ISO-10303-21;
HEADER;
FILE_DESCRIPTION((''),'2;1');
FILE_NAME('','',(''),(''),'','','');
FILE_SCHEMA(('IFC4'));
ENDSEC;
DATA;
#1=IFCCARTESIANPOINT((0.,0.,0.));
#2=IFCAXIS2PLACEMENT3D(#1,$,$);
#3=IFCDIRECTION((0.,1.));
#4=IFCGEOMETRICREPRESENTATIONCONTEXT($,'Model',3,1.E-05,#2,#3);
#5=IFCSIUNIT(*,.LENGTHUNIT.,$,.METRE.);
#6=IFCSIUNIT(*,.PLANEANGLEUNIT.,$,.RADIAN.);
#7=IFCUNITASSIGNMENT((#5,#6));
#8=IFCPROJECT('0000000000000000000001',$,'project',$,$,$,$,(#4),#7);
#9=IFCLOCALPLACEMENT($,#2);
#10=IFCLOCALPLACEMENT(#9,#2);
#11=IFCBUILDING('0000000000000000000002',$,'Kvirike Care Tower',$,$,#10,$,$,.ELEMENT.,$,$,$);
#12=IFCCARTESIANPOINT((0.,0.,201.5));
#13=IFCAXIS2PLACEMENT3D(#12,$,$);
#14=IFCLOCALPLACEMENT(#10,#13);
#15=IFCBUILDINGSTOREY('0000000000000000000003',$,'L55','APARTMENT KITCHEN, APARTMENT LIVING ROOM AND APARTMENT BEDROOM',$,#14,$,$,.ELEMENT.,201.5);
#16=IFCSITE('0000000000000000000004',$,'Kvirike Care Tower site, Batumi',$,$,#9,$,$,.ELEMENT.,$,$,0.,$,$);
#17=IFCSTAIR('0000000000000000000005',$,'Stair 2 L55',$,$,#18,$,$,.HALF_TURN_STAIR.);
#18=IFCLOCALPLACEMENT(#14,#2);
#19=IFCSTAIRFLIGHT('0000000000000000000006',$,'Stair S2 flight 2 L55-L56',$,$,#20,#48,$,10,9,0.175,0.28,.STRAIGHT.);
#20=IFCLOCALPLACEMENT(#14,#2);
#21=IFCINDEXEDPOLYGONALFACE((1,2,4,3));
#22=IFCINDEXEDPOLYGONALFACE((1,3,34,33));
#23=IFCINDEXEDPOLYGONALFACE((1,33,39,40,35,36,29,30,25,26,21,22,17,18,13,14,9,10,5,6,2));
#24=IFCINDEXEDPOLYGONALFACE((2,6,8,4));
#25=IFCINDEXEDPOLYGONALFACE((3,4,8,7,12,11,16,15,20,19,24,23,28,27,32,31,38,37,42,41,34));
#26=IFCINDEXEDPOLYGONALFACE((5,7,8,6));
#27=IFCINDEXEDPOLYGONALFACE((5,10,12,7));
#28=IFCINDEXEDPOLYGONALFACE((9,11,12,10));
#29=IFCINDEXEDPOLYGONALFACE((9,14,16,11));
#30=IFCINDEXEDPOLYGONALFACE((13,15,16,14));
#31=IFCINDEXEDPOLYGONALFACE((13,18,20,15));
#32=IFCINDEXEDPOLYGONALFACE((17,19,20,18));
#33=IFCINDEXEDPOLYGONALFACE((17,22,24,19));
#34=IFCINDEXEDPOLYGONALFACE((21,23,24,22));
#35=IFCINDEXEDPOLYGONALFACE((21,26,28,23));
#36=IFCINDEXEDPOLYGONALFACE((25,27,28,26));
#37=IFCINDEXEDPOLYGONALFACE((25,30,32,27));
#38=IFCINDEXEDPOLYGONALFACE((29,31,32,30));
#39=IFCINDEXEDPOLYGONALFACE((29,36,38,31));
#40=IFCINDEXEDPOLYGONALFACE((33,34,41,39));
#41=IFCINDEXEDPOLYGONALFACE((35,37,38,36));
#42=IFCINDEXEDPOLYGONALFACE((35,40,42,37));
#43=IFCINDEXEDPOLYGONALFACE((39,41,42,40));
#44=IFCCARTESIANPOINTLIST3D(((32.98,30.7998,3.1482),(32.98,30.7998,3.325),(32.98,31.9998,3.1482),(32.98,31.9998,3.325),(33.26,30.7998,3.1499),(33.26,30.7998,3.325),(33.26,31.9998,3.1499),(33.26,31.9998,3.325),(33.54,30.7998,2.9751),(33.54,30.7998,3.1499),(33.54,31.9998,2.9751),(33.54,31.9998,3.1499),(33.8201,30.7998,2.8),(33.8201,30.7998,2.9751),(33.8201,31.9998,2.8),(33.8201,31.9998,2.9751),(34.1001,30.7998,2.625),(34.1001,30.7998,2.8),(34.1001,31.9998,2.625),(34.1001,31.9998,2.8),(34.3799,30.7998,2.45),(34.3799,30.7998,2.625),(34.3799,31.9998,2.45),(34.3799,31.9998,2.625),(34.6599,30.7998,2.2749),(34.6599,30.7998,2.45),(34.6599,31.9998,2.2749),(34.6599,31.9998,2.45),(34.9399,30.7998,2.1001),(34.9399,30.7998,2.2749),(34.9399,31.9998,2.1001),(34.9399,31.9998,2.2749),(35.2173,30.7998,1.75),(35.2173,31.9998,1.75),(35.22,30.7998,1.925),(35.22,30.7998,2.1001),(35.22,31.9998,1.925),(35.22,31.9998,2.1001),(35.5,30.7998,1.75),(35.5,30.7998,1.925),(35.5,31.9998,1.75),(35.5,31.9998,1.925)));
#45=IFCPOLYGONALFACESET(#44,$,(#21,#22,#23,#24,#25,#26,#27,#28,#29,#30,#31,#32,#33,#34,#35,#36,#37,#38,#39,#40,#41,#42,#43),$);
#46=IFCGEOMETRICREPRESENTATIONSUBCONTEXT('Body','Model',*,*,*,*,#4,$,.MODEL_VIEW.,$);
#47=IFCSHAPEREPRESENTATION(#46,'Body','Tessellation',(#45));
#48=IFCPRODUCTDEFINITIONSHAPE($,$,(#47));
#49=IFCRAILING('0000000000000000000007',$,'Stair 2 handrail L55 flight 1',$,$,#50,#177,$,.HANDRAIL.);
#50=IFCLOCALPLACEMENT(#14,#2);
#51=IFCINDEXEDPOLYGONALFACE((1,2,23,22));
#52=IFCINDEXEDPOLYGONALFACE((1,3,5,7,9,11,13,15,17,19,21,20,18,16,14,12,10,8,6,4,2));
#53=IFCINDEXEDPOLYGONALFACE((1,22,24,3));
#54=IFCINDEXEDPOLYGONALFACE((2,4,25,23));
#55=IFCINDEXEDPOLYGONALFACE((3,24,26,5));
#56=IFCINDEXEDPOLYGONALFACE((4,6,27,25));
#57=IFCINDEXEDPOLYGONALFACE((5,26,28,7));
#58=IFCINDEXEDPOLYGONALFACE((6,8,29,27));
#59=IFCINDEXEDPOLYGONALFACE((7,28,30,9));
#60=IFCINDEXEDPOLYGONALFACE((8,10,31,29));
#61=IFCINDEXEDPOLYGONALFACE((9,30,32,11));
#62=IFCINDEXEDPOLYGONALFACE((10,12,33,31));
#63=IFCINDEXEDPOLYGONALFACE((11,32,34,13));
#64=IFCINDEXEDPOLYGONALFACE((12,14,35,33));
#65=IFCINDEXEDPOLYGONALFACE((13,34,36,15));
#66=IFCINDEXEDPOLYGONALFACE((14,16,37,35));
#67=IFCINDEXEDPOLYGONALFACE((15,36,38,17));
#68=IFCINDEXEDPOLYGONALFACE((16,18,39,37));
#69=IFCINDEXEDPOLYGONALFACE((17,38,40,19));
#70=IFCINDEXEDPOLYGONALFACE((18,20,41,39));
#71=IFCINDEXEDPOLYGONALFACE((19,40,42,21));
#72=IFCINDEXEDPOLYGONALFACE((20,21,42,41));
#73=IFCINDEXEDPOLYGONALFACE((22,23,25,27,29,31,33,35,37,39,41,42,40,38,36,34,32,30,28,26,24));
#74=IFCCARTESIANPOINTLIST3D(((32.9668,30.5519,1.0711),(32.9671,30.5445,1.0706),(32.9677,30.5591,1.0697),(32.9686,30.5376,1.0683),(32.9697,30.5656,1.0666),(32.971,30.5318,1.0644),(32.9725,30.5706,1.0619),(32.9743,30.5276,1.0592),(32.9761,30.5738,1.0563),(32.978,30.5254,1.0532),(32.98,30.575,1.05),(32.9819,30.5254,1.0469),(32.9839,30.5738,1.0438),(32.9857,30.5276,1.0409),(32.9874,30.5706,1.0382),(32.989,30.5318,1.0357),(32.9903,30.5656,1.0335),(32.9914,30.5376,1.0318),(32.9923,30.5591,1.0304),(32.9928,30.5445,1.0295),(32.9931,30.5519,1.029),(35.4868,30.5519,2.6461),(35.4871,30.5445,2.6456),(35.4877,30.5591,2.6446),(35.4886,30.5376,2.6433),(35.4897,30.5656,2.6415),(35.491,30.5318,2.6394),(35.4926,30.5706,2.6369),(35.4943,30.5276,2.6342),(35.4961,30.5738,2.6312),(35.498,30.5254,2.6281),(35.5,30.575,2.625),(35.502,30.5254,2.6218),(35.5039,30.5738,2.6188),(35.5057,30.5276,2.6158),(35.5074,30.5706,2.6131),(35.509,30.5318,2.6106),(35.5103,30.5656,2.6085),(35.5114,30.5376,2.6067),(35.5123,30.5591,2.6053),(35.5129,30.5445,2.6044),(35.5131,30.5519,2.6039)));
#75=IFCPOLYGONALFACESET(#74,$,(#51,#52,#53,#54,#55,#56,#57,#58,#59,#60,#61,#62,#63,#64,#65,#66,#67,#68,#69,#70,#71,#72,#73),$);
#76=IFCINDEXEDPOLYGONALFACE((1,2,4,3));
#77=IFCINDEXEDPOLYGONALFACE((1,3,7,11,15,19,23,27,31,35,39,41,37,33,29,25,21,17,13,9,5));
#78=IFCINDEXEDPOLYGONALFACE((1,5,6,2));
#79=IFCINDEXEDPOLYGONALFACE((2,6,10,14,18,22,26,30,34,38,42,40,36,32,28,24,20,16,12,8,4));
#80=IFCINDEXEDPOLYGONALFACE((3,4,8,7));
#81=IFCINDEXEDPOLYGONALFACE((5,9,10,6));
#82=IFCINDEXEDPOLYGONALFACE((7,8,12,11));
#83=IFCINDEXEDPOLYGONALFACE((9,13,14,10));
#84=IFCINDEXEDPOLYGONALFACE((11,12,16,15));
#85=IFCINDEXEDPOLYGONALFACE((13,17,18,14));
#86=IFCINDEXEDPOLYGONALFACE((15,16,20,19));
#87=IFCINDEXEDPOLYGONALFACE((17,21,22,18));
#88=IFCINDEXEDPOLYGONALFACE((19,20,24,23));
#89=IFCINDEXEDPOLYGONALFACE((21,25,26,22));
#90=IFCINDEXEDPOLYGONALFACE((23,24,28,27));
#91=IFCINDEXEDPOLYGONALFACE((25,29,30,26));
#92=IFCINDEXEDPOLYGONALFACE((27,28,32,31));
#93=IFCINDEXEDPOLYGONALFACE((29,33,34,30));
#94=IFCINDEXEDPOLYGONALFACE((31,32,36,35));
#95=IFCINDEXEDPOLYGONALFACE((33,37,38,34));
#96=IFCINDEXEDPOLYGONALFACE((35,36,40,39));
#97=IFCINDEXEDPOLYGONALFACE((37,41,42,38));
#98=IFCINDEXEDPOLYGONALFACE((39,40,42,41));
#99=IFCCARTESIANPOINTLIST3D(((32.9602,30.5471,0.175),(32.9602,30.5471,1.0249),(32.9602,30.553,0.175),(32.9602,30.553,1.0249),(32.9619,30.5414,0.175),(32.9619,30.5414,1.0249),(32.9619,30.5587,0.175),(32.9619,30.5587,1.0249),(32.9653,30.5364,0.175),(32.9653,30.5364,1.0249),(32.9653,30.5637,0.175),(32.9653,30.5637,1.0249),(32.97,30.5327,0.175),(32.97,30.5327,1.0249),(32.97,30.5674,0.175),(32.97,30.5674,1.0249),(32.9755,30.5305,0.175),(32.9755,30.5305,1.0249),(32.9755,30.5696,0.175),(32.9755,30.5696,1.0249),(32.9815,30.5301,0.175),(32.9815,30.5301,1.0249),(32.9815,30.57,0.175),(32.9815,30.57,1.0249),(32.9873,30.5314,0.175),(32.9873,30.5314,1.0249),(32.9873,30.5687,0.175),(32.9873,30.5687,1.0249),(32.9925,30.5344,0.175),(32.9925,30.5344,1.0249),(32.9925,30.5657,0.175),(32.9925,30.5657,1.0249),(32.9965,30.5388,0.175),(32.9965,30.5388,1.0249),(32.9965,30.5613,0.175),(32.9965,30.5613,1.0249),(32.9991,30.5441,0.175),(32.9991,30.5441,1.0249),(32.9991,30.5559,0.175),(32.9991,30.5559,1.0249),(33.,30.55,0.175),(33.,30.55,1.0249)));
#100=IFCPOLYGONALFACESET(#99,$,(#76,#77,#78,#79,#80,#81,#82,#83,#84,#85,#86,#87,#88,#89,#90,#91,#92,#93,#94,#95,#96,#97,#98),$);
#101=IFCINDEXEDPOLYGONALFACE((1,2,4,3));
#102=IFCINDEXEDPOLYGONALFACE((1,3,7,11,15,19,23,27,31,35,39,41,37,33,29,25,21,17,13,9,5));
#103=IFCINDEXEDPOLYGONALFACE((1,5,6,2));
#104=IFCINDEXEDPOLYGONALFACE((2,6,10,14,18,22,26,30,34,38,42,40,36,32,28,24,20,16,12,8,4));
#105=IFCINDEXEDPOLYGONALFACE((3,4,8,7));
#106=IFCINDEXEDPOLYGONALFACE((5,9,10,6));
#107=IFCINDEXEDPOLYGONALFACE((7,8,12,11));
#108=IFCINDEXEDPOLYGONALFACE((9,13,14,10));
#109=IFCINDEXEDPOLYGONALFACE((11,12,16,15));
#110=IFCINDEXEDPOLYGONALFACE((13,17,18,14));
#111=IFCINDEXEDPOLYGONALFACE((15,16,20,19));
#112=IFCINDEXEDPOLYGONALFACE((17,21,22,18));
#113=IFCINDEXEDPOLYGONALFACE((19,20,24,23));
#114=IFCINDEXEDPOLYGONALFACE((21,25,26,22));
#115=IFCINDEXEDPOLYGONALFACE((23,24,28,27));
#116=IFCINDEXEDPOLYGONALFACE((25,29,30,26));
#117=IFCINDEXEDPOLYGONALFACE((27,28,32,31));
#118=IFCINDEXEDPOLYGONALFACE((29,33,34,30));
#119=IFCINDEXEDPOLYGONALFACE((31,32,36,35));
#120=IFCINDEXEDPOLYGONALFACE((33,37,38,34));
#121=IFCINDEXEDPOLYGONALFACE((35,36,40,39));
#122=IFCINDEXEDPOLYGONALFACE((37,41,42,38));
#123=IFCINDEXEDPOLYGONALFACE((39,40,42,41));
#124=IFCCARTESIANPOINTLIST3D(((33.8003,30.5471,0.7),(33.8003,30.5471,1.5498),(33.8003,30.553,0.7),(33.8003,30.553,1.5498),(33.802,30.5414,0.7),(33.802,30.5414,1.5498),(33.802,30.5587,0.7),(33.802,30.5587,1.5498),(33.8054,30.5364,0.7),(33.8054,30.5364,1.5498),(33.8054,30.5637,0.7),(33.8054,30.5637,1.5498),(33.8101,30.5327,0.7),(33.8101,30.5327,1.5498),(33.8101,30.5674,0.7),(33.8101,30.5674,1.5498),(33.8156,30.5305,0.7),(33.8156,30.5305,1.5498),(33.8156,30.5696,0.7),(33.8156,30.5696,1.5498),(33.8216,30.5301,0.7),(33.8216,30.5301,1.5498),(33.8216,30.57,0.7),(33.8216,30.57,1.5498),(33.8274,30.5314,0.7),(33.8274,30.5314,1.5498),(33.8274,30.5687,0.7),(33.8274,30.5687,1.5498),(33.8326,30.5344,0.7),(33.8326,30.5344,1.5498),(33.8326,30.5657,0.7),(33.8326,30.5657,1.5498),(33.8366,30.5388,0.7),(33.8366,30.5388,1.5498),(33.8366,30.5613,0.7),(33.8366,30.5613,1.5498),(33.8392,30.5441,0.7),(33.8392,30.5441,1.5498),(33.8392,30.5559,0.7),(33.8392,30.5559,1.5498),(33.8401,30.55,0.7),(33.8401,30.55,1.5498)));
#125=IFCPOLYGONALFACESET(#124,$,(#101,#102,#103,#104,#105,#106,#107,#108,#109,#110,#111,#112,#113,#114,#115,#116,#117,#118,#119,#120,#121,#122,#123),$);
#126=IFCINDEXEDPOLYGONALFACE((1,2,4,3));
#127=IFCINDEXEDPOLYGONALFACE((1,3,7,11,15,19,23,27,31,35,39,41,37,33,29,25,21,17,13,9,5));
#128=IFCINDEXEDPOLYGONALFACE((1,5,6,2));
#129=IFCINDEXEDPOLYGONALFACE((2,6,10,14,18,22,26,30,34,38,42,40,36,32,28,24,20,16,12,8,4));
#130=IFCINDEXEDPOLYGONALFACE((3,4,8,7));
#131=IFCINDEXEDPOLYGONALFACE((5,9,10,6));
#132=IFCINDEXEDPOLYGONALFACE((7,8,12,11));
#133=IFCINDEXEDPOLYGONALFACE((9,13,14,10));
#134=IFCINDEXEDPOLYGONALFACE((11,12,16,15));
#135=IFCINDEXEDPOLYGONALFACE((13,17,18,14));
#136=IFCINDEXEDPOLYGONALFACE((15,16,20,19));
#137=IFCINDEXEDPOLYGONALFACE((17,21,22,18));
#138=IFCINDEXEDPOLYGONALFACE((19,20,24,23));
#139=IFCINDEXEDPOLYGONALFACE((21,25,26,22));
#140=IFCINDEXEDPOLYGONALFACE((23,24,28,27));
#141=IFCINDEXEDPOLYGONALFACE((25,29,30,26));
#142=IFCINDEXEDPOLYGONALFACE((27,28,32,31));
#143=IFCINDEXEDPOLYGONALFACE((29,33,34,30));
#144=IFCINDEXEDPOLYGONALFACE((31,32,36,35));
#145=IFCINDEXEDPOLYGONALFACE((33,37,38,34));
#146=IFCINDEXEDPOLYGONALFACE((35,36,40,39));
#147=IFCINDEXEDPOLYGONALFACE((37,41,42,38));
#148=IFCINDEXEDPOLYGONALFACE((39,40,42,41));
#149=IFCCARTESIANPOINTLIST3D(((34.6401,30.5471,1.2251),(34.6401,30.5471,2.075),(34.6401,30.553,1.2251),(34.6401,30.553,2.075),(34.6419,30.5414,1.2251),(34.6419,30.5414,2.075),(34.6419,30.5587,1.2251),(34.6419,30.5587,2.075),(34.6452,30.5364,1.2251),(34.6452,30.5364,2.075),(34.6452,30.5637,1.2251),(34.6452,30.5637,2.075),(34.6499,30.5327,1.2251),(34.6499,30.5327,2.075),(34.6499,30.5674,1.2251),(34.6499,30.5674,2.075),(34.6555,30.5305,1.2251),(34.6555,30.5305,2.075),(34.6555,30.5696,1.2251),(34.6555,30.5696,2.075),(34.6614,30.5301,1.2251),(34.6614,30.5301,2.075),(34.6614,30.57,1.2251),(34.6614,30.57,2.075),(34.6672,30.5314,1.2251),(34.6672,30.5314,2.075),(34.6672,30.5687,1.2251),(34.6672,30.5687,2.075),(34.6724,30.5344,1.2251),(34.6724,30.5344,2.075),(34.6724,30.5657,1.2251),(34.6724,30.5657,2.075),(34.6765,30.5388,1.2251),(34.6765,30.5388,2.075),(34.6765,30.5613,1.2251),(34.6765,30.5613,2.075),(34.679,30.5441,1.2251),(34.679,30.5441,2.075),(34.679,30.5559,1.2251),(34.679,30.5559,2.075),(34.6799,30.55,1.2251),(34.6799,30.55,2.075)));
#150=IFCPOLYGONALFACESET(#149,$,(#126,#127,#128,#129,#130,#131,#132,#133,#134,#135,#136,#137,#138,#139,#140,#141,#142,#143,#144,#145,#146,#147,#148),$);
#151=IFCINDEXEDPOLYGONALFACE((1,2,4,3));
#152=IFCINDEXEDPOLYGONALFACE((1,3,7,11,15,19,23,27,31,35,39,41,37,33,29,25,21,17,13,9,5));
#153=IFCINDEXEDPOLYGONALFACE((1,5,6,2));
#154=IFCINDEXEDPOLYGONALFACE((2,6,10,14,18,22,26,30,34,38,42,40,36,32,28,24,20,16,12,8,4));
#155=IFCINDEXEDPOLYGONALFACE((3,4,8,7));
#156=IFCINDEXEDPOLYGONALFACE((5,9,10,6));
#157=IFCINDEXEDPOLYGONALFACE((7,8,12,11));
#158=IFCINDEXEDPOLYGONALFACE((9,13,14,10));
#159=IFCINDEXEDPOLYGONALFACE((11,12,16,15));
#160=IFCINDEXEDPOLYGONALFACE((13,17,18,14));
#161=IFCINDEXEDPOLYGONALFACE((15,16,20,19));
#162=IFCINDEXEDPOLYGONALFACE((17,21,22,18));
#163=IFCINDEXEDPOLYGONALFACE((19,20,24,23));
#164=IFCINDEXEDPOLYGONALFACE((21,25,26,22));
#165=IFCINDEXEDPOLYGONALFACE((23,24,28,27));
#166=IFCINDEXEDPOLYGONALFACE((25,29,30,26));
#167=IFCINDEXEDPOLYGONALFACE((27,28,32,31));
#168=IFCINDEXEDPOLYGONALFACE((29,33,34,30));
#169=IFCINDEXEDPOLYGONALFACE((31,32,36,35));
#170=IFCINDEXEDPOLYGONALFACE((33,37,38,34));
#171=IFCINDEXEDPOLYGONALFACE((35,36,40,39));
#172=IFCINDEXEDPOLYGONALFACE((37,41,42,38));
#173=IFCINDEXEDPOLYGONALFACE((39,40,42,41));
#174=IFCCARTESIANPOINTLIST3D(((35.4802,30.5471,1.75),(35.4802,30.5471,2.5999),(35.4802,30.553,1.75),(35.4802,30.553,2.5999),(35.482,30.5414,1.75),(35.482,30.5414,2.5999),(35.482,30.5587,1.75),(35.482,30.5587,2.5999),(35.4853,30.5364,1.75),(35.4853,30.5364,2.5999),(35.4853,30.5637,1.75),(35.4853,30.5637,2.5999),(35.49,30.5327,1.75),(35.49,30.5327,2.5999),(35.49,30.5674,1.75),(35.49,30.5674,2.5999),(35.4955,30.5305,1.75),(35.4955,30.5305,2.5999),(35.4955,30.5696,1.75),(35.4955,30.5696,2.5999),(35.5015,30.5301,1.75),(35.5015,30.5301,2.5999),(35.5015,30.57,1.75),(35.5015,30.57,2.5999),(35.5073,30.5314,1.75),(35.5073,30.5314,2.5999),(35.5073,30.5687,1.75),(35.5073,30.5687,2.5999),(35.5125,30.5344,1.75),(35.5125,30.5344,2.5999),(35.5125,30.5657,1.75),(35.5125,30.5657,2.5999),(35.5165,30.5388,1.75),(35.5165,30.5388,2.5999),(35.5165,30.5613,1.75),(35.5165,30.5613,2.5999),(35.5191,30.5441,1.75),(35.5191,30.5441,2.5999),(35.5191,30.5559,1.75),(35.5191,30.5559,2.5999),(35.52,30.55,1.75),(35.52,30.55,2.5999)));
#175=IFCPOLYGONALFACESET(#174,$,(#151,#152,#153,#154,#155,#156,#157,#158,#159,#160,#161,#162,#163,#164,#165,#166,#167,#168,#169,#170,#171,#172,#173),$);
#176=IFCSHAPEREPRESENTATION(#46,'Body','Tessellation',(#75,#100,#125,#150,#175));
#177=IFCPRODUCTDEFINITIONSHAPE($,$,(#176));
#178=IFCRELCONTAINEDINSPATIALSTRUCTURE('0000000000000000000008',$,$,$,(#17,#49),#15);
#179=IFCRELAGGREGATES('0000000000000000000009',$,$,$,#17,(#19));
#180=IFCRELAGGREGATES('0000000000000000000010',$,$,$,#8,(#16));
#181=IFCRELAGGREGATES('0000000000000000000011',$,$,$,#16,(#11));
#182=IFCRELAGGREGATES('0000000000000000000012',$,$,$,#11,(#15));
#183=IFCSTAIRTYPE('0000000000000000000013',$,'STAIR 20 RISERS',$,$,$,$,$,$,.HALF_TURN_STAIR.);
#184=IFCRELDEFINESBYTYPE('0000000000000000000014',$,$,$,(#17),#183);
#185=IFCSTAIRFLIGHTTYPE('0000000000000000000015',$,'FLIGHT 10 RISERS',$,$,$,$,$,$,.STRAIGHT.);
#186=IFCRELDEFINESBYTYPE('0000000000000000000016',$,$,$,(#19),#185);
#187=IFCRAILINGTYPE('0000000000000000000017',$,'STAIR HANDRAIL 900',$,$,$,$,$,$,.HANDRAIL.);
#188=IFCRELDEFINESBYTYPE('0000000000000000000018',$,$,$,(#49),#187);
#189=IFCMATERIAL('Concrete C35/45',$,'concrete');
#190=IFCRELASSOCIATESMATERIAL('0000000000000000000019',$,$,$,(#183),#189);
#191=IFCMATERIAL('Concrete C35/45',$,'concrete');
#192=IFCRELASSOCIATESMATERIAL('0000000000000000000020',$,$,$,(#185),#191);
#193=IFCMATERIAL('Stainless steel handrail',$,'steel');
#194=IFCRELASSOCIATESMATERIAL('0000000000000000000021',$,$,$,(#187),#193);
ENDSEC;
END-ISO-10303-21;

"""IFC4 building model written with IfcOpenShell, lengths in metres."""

from ifc_helpers import new_model, si_unit, direction, frame, origin, origin_2d, place, context, subcontext, project, spatial, polyline, circle, outline, extrude, material, type_object, element, aggregate, save


model = new_model("IFC4")

# Units and contexts
model_context = context("Model", 3, precision=1e-05, world=origin(), true_north=direction((0.0, 1.0)))
body_context = subcontext(model_context, "Body", "Model", "MODEL_VIEW")
ifc_project = project(units=[si_unit("LENGTHUNIT", "METRE"), si_unit("PLANEANGLEUNIT", "RADIAN")], contexts=[model_context])

# Site, building, storey
site_placement = place(None, origin())
site = spatial("IfcSite", under=ifc_project, at=site_placement, Name="Kvirike Care Tower site, Batumi", CompositionType="ELEMENT", RefElevation=0.0)
building_placement = place(site_placement, origin())
building = spatial("IfcBuilding", under=site, at=building_placement, Name="Kvirike Care Tower", CompositionType="ELEMENT")
storey_placement = place(building_placement, frame((0.0, 0.0, 201.5)))
storey = spatial("IfcBuildingStorey", under=building, at=storey_placement, Name="L55", Description="APARTMENT KITCHEN, APARTMENT LIVING ROOM AND APARTMENT BEDROOM", CompositionType="ELEMENT", Elevation=201.5)

# Stair, stair flight
ifc_material_1 = material(Name="Concrete C35/45", Category="concrete")
stair_type = type_object("IfcStairType", Name="STAIR 20 RISERS", PredefinedType="HALF_TURN_STAIR", material=ifc_material_1)
stair_placement = place(storey_placement, origin())
stair = element("IfcStair", 1, at=stair_placement, inside=storey, type_object=stair_type, Name="Stair 2 L55", PredefinedType="HALF_TURN_STAIR")
ifc_material_2 = material(Name="Concrete C35/45", Category="concrete")
stair_flight_type = type_object("IfcStairFlightType", Name="FLIGHT 10 RISERS", PredefinedType="STRAIGHT", material=ifc_material_2)
stair_flight_1_placement = place(storey_placement, frame((35.5, 31.3999, 1.75), z_axis=(0.0, 0.0, 1.0), x_axis=(-1.0, 0.0, 0.0)))
stair_flight_1 = element("IfcStairFlight", 2, at=stair_flight_1_placement, type_object=stair_flight_type, Name="Stair S2 flight 2 L55-L56", NumberOfRisers=10, NumberOfTreads=9, PredefinedType="STRAIGHT", RiserHeight=0.175, TreadLength=0.28, context=body_context, shape_type="SweptSolid", body=[
    extrude(outline(polyline([(0.0, 0.0), (0.0, 0.175), (0.28, 0.175), (0.28, 0.3501), (0.5601, 0.3501), (0.5601, 0.5249), (0.8401, 0.5249), (0.8401, 0.7), (1.1201, 0.7), (1.1201, 0.875), (1.3999, 0.875), (1.3999, 1.05), (1.6799, 1.05), (1.6799, 1.2251), (1.96, 1.2251), (1.96, 1.3999), (2.24, 1.3999), (2.24, 1.575), (2.52, 1.575), (2.52, 1.75), (2.52, 1.3982), (0.2827, 0.0), (0.0, 0.0)])), frame((0.0, 0.6001, 0.0), z_axis=(0.0, -1.0, 0.0), x_axis=(1.0, 0.0, 0.0)), (0.0, 0.0, 1.0), 1.2),
])
aggregate(stair, [stair_flight_1])

# Railing
ifc_material_3 = material(Name="Stainless steel handrail", Category="steel")
railing_type = type_object("IfcRailingType", Name="STAIR HANDRAIL 900", PredefinedType="HANDRAIL", material=ifc_material_3)
railing_1_placement = place(storey_placement, frame((32.98, 30.55, 0.175)))
element("IfcRailing", 3, at=railing_1_placement, inside=storey, type_object=railing_type, Name="Stair 2 handrail L55 flight 1", PredefinedType="HANDRAIL", context=body_context, shape_type="SweptSolid", body=[
    extrude(circle(Radius=0.0249, at=origin_2d()), frame((0.0, 0.0, 0.875), z_axis=(0.848008, 0.0, 0.529984), x_axis=(0.0, 1.0, 0.0)), (0.0, 0.0, 1.0), 2.9717),
    extrude(circle(Radius=0.02, at=origin_2d()), origin(), (0.0, 0.0, 1.0), 0.8499),
    extrude(circle(Radius=0.02, at=origin_2d()), frame((0.8401, 0.0, 0.5249)), (0.0, 0.0, 1.0), 0.8499),
    extrude(circle(Radius=0.02, at=origin_2d()), frame((1.6799, 0.0, 1.05)), (0.0, 0.0, 1.0), 0.8499),
    extrude(circle(Radius=0.02, at=origin_2d()), frame((2.52, 0.0, 1.575)), (0.0, 0.0, 1.0), 0.8499),
])

save(model, "model.ifc")
